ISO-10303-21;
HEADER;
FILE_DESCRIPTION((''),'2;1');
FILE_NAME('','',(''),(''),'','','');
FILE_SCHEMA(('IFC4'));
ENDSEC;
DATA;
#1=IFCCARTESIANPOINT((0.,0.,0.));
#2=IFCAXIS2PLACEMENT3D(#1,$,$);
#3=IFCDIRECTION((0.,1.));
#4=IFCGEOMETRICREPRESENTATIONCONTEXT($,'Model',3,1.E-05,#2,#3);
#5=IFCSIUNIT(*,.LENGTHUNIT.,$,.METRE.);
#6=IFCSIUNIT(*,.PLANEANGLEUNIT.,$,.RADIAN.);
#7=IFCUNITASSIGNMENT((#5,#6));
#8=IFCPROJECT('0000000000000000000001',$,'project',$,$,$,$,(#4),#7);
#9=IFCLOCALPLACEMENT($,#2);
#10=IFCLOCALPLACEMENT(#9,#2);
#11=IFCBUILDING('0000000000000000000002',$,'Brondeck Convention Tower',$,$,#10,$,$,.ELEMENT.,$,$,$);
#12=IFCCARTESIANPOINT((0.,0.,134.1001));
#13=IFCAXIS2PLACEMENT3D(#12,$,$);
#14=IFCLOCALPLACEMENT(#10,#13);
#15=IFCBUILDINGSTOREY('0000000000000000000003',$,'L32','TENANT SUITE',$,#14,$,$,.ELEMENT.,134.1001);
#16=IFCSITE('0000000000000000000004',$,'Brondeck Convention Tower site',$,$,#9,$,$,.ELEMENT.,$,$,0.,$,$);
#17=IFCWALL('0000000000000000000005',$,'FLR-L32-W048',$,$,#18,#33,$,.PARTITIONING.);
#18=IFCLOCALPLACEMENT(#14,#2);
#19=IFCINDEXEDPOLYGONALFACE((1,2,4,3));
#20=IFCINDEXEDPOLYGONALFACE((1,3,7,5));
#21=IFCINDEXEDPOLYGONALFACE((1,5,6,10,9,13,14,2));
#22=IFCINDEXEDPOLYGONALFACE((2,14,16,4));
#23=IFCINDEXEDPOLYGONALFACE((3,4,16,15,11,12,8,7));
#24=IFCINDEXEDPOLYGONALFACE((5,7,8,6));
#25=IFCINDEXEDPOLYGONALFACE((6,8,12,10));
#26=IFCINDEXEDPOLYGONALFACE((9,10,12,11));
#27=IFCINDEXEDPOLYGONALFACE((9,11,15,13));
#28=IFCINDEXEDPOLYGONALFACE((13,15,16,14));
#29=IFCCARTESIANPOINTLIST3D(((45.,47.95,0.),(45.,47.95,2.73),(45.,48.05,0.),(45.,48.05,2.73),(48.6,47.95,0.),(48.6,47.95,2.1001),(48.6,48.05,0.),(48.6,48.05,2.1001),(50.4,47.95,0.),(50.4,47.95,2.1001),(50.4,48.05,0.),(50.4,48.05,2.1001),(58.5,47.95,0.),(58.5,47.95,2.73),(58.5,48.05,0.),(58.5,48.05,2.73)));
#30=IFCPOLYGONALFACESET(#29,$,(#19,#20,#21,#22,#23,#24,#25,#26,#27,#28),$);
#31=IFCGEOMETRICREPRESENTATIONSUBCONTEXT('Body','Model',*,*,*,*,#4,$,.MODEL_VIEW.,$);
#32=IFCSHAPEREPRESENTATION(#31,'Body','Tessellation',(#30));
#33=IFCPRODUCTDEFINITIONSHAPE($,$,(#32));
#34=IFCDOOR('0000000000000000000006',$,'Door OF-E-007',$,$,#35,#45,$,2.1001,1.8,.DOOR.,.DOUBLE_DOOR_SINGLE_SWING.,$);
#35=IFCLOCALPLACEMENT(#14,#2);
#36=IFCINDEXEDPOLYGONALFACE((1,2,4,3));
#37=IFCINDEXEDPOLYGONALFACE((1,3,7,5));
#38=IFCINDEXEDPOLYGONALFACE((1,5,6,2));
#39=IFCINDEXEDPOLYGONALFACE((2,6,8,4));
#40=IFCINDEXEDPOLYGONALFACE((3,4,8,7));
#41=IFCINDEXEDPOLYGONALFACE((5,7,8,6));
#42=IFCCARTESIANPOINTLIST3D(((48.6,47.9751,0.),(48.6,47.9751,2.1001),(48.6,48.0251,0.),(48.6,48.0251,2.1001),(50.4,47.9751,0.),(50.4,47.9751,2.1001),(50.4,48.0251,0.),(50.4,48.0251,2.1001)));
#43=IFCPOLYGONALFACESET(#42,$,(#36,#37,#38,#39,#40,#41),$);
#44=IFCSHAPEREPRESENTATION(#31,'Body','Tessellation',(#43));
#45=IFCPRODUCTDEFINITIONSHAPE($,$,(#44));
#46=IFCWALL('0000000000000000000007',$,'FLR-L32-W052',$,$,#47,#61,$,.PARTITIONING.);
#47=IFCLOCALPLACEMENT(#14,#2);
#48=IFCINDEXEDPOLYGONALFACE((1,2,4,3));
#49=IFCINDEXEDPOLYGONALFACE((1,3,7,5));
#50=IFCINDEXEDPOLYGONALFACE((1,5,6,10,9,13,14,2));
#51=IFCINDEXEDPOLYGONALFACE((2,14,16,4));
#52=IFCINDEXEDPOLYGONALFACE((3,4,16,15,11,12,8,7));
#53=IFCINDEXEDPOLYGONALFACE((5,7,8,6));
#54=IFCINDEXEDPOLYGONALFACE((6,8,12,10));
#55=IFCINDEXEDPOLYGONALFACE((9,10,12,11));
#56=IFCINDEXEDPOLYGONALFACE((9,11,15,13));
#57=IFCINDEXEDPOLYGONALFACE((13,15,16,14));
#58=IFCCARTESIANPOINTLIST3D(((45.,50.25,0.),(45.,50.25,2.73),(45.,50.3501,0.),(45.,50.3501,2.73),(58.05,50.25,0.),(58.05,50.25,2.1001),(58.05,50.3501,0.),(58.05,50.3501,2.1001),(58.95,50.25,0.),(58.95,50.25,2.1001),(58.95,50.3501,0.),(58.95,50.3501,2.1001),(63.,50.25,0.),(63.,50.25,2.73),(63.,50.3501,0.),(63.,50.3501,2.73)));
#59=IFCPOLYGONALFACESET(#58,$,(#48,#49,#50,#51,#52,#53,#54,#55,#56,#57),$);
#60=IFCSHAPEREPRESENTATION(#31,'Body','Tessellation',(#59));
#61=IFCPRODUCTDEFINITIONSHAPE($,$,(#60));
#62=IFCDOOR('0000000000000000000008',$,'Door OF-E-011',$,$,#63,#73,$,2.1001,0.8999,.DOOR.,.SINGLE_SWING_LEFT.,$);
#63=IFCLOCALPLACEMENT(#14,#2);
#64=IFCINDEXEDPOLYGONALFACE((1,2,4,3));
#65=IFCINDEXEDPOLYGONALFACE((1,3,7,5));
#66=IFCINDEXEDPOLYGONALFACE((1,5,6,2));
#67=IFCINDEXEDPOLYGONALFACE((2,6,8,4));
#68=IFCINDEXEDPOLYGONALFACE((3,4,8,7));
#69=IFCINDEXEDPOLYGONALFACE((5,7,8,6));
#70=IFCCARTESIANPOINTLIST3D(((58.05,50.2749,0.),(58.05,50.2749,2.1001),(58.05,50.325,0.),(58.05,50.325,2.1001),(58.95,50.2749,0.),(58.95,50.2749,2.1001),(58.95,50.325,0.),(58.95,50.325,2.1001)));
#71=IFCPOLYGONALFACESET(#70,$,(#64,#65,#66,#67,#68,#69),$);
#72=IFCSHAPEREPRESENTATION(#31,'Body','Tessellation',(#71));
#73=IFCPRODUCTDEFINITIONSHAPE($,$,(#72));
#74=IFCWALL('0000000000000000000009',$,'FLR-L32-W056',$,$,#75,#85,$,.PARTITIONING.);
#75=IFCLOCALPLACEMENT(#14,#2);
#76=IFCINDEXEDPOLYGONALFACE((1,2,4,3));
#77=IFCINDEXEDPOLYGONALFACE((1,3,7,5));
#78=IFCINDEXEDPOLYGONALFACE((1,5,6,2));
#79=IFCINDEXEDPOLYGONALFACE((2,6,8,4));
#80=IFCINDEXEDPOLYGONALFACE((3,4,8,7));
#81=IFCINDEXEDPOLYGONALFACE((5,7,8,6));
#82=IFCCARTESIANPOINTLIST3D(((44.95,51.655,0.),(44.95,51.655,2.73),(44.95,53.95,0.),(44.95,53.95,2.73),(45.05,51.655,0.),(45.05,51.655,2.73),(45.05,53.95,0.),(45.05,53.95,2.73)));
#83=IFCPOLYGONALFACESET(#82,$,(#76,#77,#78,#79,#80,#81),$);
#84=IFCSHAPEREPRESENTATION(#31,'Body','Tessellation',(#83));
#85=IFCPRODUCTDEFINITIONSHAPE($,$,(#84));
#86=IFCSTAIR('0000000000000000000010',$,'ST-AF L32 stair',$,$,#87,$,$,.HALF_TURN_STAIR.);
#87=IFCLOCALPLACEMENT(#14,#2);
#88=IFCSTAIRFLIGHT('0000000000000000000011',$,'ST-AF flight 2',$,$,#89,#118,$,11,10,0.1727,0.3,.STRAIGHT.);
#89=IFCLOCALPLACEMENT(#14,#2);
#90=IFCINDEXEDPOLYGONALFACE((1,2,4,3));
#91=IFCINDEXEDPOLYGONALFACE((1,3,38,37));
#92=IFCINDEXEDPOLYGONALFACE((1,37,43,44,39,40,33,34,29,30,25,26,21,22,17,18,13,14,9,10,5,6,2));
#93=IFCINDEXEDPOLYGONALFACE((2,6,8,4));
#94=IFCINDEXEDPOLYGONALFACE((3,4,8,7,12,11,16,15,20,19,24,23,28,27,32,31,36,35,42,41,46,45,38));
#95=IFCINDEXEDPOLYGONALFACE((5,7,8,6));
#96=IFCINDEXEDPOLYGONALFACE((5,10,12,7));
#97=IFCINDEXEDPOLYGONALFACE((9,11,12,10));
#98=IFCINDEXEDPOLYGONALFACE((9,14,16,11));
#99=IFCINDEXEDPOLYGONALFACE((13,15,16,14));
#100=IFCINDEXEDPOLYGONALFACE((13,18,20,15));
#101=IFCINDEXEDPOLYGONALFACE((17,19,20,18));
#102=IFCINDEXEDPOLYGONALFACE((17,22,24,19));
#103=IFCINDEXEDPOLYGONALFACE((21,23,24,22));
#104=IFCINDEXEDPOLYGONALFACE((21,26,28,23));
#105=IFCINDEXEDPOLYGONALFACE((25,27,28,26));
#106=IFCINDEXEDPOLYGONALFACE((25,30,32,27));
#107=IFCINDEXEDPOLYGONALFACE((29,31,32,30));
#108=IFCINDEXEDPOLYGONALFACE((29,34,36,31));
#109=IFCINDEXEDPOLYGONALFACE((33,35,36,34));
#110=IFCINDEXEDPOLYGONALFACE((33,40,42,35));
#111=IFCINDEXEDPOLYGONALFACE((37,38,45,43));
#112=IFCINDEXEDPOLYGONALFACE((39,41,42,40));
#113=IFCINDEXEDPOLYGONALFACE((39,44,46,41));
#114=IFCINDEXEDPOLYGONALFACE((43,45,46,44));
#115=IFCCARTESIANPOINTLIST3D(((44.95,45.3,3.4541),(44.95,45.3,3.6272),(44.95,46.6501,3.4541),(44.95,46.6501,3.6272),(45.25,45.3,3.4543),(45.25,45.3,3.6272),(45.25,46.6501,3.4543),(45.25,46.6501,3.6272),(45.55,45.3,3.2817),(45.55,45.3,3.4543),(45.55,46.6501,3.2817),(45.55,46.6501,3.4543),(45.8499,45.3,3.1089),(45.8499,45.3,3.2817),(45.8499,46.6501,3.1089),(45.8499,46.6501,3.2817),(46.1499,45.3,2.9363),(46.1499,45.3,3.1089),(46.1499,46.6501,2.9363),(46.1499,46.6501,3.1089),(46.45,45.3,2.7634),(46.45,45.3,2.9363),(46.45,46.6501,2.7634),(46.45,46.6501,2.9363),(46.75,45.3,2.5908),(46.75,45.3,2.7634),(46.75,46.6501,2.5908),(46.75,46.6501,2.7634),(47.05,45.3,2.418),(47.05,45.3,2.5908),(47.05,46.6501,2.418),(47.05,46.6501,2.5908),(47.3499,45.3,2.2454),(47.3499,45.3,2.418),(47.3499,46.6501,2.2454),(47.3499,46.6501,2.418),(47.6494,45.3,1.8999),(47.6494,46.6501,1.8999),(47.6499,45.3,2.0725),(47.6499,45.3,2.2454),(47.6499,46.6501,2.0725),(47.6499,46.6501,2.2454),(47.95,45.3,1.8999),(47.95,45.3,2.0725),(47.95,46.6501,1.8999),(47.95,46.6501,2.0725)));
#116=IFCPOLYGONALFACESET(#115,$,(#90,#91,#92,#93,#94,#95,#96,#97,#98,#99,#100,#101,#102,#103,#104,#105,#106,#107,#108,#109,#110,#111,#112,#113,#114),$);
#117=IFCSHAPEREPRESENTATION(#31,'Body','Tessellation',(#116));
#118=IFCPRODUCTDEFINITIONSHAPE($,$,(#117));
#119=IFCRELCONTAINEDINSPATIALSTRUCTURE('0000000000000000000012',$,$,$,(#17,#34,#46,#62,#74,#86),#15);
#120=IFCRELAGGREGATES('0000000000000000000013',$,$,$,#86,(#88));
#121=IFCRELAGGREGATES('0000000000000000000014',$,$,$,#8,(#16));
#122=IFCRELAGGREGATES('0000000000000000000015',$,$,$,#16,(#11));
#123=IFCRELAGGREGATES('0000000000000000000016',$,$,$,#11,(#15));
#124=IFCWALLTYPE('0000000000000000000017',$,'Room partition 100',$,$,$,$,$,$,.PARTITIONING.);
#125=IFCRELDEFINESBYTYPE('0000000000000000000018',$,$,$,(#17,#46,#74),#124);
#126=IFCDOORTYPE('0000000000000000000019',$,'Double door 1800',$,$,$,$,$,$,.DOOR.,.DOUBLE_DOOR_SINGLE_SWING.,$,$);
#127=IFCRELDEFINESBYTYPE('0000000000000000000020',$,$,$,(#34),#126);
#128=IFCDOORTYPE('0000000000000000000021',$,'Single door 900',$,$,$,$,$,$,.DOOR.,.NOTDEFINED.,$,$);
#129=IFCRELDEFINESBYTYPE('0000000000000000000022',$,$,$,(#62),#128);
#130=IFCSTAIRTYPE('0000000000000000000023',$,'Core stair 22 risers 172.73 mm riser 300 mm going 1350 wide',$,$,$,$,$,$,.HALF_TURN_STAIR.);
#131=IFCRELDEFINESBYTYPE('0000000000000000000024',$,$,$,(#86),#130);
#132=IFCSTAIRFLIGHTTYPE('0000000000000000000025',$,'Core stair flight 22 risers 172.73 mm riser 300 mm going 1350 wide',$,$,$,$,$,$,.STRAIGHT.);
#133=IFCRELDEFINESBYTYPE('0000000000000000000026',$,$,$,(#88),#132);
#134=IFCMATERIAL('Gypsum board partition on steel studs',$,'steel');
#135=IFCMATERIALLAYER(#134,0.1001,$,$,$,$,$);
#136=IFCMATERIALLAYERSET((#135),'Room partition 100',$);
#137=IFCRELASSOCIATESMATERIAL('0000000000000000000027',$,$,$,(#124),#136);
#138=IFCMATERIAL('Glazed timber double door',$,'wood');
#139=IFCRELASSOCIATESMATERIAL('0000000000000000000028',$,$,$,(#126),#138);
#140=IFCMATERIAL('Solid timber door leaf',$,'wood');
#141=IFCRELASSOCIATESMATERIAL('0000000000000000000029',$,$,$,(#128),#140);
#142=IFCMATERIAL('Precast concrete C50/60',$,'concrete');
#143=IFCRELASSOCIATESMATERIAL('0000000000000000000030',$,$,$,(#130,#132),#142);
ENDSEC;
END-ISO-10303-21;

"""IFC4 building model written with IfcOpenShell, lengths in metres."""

from ifc_helpers import new_model, si_unit, direction, frame, frame_2d, origin, place, context, subcontext, project, spatial, polyline, rectangle, outline, extrude, material, layer, layer_set, type_object, element, fill, aggregate, save


model = new_model("IFC4")

# Units and contexts
model_context = context("Model", 3, precision=1e-05, world=origin(), true_north=direction((0.0, 1.0)))
body_context = subcontext(model_context, "Body", "Model", "MODEL_VIEW")
ifc_project = project(units=[si_unit("LENGTHUNIT", "METRE"), si_unit("PLANEANGLEUNIT", "RADIAN")], contexts=[model_context])

# Site, building, storey
site_placement = place(None, origin())
site = spatial("IfcSite", under=ifc_project, at=site_placement, Name="Brondeck Convention Tower site", CompositionType="ELEMENT", RefElevation=0.0)
building_placement = place(site_placement, origin())
building = spatial("IfcBuilding", under=site, at=building_placement, Name="Brondeck Convention Tower", CompositionType="ELEMENT")
storey_placement = place(building_placement, frame((0.0, 0.0, 134.1001)))
storey = spatial("IfcBuildingStorey", under=building, at=storey_placement, Name="L32", Description="TENANT SUITE", CompositionType="ELEMENT", Elevation=134.1001)

# Shared definitions
ifc_material_1 = material(Name="Gypsum board partition on steel studs", Category="steel")
ifc_layer_1 = layer(ifc_material_1, 0.1001)
ifc_layer_set_1 = layer_set([ifc_layer_1], Name="Room partition 100")
wall_type_1 = type_object("IfcWallType", Name="Room partition 100", PredefinedType="PARTITIONING", material=ifc_layer_set_1)

# Walls, openings, doors
wall_1_placement = place(storey_placement, frame((58.5, 48.0, 0.0), z_axis=(0.0, 0.0, 1.0), x_axis=(-1.0, 0.0, 0.0)))
wall_1 = element("IfcWall", 1, at=wall_1_placement, inside=storey, type_object=wall_type_1, Name="FLR-L32-W048", PredefinedType="PARTITIONING", context=body_context, shape_type="SweptSolid", body=[
    extrude(rectangle(XDim=13.5, YDim=0.1001, at=frame_2d((6.75, 0.0))), origin(), (0.0, 0.0, 1.0), 2.73),
])
opening_1_placement = place(wall_1_placement, frame((8.1001, 0.0, 0.0)))
opening_1 = element("IfcOpeningElement", 2, at=opening_1_placement, cuts=wall_1, PredefinedType="OPENING", context=body_context, shape_type="SweptSolid", body=[
    extrude(rectangle(XDim=1.8, YDim=2.1001, at=frame_2d((0.8999, 1.05))), frame((0.0, 0.0601, 0.0), z_axis=(0.0, -1.0, 0.0), x_axis=(1.0, 0.0, 0.0)), (0.0, 0.0, 1.0), 0.1201),
])
ifc_material_2 = material(Name="Glazed timber double door", Category="wood")
door_type_1 = type_object("IfcDoorType", Name="Double door 1800", OperationType="DOUBLE_DOOR_SINGLE_SWING", PredefinedType="DOOR", material=ifc_material_2)
door_1_placement = place(opening_1_placement, origin())
door_1 = element("IfcDoor", 3, at=door_1_placement, inside=storey, type_object=door_type_1, Name="Door OF-E-007", OperationType="DOUBLE_DOOR_SINGLE_SWING", OverallHeight=2.1001, OverallWidth=1.8, PredefinedType="DOOR", context=body_context, shape_type="SweptSolid", body=[
    extrude(rectangle(XDim=1.8, YDim=2.1001, at=frame_2d((0.8999, 1.05))), frame((0.0, 0.0249, 0.0), z_axis=(0.0, -1.0, 0.0), x_axis=(1.0, 0.0, 0.0)), (0.0, 0.0, 1.0), 0.05),
])
fill(opening_1, door_1)
wall_2_placement = place(storey_placement, frame((45.0, 50.3, 0.0), z_axis=(0.0, 0.0, 1.0), x_axis=(1.0, 0.0, 0.0)))
wall_2 = element("IfcWall", 4, at=wall_2_placement, inside=storey, type_object=wall_type_1, Name="FLR-L32-W052", PredefinedType="PARTITIONING", context=body_context, shape_type="SweptSolid", body=[
    extrude(rectangle(XDim=18.0, YDim=0.1001, at=frame_2d((9.0, 0.0))), origin(), (0.0, 0.0, 1.0), 2.73),
])
opening_2_placement = place(wall_2_placement, frame((13.05, 0.0, 0.0)))
opening_2 = element("IfcOpeningElement", 5, at=opening_2_placement, cuts=wall_2, PredefinedType="OPENING", context=body_context, shape_type="SweptSolid", body=[
    extrude(rectangle(XDim=0.8999, YDim=2.1001, at=frame_2d((0.45, 1.05))), frame((0.0, 0.0601, 0.0), z_axis=(0.0, -1.0, 0.0), x_axis=(1.0, 0.0, 0.0)), (0.0, 0.0, 1.0), 0.1201),
])
ifc_material_3 = material(Name="Solid timber door leaf", Category="wood")
door_type_2 = type_object("IfcDoorType", Name="Single door 900", OperationType="NOTDEFINED", PredefinedType="DOOR", material=ifc_material_3)
door_2_placement = place(opening_2_placement, origin())
door_2 = element("IfcDoor", 6, at=door_2_placement, inside=storey, type_object=door_type_2, Name="Door OF-E-011", OperationType="SINGLE_SWING_LEFT", OverallHeight=2.1001, OverallWidth=0.8999, PredefinedType="DOOR", context=body_context, shape_type="SweptSolid", body=[
    extrude(rectangle(XDim=0.8999, YDim=2.1001, at=frame_2d((0.45, 1.05))), frame((0.0, 0.0249, 0.0), z_axis=(0.0, -1.0, 0.0), x_axis=(1.0, 0.0, 0.0)), (0.0, 0.0, 1.0), 0.05),
])
fill(opening_2, door_2)

# Wall
wall_3_placement = place(storey_placement, frame((45.0, 53.95, 0.0), z_axis=(0.0, 0.0, 1.0), x_axis=(0.0, -1.0, 0.0)))
element("IfcWall", 7, at=wall_3_placement, inside=storey, type_object=wall_type_1, Name="FLR-L32-W056", PredefinedType="PARTITIONING", context=body_context, shape_type="SweptSolid", body=[
    extrude(rectangle(XDim=2.2949, YDim=0.1001, at=frame_2d((1.1475, 0.0))), origin(), (0.0, 0.0, 1.0), 2.73),
])

# Stair, stair flight
ifc_material_4 = material(Name="Precast concrete C50/60", Category="concrete")
stair_type = type_object("IfcStairType", Name="Core stair 22 risers 172.73 mm riser 300 mm going 1350 wide", PredefinedType="HALF_TURN_STAIR", material=ifc_material_4)
stair_placement = place(storey_placement, origin())
stair = element("IfcStair", 8, at=stair_placement, inside=storey, type_object=stair_type, Name="ST-AF L32 stair", PredefinedType="HALF_TURN_STAIR")
stair_flight_type = type_object("IfcStairFlightType", Name="Core stair flight 22 risers 172.73 mm riser 300 mm going 1350 wide", PredefinedType="STRAIGHT", material=ifc_material_4)
stair_flight_placement = place(storey_placement, frame((47.95, 45.9751, 1.8999), z_axis=(0.0, 0.0, 1.0), x_axis=(-1.0, 0.0, 0.0)))
stair_flight = element("IfcStairFlight", 9, at=stair_flight_placement, type_object=stair_flight_type, Name="ST-AF flight 2", NumberOfRisers=11, NumberOfTreads=10, PredefinedType="STRAIGHT", RiserHeight=0.1727, TreadLength=0.3, context=body_context, shape_type="SweptSolid", body=[
    extrude(outline(polyline([(0.0, 0.0), (0.0, 0.1726), (0.3, 0.1726), (0.3, 0.3455), (0.6001, 0.3455), (0.6001, 0.5181), (0.8999, 0.5181), (0.8999, 0.6909), (1.2, 0.6909), (1.2, 0.8635), (1.5, 0.8635), (1.5, 1.0364), (1.8, 1.0364), (1.8, 1.209), (2.1001, 1.209), (2.1001, 1.3818), (2.3999, 1.3818), (2.3999, 1.5544), (2.7, 1.5544), (2.7, 1.7273), (3.0, 1.7273), (3.0, 1.8999), (3.0, 1.5542), (0.3005, 0.0), (0.0, 0.0)])), frame((0.0, 0.675, 0.0), z_axis=(0.0, -1.0, 0.0), x_axis=(1.0, 0.0, 0.0)), (0.0, 0.0, 1.0), 1.3501),
])
aggregate(stair, [stair_flight])

save(model, "model.ifc")
